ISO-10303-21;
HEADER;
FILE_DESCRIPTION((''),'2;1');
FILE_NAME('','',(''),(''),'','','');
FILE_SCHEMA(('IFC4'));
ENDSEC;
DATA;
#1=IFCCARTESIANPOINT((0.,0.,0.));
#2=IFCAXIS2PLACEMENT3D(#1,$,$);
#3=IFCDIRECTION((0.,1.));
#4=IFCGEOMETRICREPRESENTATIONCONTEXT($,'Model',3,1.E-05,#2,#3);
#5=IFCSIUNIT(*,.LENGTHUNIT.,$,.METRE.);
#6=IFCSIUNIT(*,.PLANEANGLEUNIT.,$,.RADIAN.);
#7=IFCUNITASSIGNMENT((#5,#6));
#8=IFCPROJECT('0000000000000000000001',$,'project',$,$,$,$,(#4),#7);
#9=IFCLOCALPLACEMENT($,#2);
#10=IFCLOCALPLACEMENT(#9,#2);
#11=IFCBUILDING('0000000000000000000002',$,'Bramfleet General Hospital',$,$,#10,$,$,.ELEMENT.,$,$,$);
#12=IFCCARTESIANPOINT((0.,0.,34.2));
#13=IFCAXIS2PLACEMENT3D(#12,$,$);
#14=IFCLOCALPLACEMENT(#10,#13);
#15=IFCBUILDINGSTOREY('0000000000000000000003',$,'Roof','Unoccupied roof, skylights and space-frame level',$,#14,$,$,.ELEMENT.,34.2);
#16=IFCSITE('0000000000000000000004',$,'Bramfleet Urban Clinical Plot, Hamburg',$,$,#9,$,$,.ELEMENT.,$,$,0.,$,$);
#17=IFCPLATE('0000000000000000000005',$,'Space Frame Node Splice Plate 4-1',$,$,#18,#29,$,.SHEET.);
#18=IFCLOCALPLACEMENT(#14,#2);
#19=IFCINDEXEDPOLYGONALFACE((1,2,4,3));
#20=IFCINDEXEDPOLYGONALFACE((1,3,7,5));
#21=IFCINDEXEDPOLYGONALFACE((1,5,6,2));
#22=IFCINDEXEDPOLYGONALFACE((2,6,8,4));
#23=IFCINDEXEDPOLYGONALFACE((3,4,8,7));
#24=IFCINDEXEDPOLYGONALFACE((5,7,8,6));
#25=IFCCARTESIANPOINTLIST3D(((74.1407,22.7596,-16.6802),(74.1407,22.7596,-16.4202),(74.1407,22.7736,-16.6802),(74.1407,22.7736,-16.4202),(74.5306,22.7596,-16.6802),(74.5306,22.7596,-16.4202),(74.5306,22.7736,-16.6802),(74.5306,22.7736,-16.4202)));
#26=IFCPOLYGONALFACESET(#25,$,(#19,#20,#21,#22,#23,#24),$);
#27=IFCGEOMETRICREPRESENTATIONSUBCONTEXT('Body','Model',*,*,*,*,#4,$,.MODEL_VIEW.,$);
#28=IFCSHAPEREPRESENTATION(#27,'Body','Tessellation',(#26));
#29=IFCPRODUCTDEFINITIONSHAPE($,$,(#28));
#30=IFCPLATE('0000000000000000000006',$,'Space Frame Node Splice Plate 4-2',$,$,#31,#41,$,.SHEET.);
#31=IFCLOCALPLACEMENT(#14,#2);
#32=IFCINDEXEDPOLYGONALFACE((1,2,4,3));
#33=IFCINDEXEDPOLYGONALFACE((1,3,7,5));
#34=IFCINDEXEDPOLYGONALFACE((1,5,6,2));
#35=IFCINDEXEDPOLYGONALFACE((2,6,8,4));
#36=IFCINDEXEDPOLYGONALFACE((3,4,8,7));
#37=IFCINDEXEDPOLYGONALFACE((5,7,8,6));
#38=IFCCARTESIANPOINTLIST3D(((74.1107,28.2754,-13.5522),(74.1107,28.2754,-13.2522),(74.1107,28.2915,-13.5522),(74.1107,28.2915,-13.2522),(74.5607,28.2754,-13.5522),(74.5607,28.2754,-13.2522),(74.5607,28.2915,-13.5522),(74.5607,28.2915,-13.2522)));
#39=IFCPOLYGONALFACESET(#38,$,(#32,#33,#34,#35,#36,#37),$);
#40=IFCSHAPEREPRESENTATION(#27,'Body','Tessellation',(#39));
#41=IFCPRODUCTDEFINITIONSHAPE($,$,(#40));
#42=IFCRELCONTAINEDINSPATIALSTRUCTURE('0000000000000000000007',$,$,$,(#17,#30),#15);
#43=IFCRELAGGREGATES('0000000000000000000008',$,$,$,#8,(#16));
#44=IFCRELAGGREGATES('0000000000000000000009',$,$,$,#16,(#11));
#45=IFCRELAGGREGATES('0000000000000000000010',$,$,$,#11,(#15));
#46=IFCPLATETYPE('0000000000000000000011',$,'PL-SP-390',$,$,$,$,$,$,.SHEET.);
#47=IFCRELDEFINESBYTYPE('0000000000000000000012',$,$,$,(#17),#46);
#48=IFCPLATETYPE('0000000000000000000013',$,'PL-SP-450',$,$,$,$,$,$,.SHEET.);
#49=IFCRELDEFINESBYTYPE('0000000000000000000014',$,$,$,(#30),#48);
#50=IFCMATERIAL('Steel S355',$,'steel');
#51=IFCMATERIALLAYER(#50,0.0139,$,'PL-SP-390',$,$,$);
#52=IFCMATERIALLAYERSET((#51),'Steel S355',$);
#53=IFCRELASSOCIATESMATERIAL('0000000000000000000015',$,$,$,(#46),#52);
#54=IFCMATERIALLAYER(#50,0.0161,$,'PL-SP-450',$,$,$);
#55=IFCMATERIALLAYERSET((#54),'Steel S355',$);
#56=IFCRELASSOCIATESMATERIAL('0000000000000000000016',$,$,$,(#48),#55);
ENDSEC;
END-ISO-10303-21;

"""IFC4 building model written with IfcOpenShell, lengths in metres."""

from ifc_helpers import new_model, si_unit, direction, frame, origin, origin_2d, place, context, subcontext, project, spatial, rectangle, extrude, material, layer, layer_set, type_object, element, save


model = new_model("IFC4")

# Units and contexts
model_context = context("Model", 3, precision=1e-05, world=origin(), true_north=direction((0.0, 1.0)))
body_context = subcontext(model_context, "Body", "Model", "MODEL_VIEW")
ifc_project = project(units=[si_unit("LENGTHUNIT", "METRE"), si_unit("PLANEANGLEUNIT", "RADIAN")], contexts=[model_context])

# Site, building, storey
site_placement = place(None, origin())
site = spatial("IfcSite", under=ifc_project, at=site_placement, Name="Bramfleet Urban Clinical Plot, Hamburg", CompositionType="ELEMENT", RefElevation=0.0)
building_placement = place(site_placement, origin())
building = spatial("IfcBuilding", under=site, at=building_placement, Name="Bramfleet General Hospital", CompositionType="ELEMENT")
storey_placement = place(building_placement, frame((0.0, 0.0, 34.2)))
storey = spatial("IfcBuildingStorey", under=building, at=storey_placement, Name="Roof", Description="Unoccupied roof, skylights and space-frame level", CompositionType="ELEMENT", Elevation=34.2)

# Shared definitions
ifc_material = material(Name="Steel S355", Category="steel")

# Plates
ifc_layer_1 = layer(ifc_material, 0.0139, Name="PL-SP-390")
ifc_layer_set_1 = layer_set([ifc_layer_1], Name="Steel S355")
plate_type_1 = type_object("IfcPlateType", Name="PL-SP-390", PredefinedType="SHEET", material=ifc_layer_set_1)
plate_1_placement = place(storey_placement, frame((74.3357, 22.7666, -16.6802), z_axis=(0.0, 0.0, 1.0), x_axis=(1.0, 0.0, 0.0)))
element("IfcPlate", 1, at=plate_1_placement, inside=storey, type_object=plate_type_1, Name="Space Frame Node Splice Plate 4-1", PredefinedType="SHEET", context=body_context, shape_type="SweptSolid", body=[
    extrude(rectangle(XDim=0.3899, YDim=0.0139, at=origin_2d()), origin(), (0.0, 0.0, 1.0), 0.26),
])
ifc_layer_2 = layer(ifc_material, 0.0161, Name="PL-SP-450")
ifc_layer_set_2 = layer_set([ifc_layer_2], Name="Steel S355")
plate_type_2 = type_object("IfcPlateType", Name="PL-SP-450", PredefinedType="SHEET", material=ifc_layer_set_2)
plate_2_placement = place(storey_placement, frame((74.3357, 28.2834, -13.5522), z_axis=(0.0, 0.0, 1.0), x_axis=(1.0, 0.0, 0.0)))
element("IfcPlate", 2, at=plate_2_placement, inside=storey, type_object=plate_type_2, Name="Space Frame Node Splice Plate 4-2", PredefinedType="SHEET", context=body_context, shape_type="SweptSolid", body=[
    extrude(rectangle(XDim=0.45, YDim=0.0161, at=origin_2d()), origin(), (0.0, 0.0, 1.0), 0.3),
])

save(model, "model.ifc")
